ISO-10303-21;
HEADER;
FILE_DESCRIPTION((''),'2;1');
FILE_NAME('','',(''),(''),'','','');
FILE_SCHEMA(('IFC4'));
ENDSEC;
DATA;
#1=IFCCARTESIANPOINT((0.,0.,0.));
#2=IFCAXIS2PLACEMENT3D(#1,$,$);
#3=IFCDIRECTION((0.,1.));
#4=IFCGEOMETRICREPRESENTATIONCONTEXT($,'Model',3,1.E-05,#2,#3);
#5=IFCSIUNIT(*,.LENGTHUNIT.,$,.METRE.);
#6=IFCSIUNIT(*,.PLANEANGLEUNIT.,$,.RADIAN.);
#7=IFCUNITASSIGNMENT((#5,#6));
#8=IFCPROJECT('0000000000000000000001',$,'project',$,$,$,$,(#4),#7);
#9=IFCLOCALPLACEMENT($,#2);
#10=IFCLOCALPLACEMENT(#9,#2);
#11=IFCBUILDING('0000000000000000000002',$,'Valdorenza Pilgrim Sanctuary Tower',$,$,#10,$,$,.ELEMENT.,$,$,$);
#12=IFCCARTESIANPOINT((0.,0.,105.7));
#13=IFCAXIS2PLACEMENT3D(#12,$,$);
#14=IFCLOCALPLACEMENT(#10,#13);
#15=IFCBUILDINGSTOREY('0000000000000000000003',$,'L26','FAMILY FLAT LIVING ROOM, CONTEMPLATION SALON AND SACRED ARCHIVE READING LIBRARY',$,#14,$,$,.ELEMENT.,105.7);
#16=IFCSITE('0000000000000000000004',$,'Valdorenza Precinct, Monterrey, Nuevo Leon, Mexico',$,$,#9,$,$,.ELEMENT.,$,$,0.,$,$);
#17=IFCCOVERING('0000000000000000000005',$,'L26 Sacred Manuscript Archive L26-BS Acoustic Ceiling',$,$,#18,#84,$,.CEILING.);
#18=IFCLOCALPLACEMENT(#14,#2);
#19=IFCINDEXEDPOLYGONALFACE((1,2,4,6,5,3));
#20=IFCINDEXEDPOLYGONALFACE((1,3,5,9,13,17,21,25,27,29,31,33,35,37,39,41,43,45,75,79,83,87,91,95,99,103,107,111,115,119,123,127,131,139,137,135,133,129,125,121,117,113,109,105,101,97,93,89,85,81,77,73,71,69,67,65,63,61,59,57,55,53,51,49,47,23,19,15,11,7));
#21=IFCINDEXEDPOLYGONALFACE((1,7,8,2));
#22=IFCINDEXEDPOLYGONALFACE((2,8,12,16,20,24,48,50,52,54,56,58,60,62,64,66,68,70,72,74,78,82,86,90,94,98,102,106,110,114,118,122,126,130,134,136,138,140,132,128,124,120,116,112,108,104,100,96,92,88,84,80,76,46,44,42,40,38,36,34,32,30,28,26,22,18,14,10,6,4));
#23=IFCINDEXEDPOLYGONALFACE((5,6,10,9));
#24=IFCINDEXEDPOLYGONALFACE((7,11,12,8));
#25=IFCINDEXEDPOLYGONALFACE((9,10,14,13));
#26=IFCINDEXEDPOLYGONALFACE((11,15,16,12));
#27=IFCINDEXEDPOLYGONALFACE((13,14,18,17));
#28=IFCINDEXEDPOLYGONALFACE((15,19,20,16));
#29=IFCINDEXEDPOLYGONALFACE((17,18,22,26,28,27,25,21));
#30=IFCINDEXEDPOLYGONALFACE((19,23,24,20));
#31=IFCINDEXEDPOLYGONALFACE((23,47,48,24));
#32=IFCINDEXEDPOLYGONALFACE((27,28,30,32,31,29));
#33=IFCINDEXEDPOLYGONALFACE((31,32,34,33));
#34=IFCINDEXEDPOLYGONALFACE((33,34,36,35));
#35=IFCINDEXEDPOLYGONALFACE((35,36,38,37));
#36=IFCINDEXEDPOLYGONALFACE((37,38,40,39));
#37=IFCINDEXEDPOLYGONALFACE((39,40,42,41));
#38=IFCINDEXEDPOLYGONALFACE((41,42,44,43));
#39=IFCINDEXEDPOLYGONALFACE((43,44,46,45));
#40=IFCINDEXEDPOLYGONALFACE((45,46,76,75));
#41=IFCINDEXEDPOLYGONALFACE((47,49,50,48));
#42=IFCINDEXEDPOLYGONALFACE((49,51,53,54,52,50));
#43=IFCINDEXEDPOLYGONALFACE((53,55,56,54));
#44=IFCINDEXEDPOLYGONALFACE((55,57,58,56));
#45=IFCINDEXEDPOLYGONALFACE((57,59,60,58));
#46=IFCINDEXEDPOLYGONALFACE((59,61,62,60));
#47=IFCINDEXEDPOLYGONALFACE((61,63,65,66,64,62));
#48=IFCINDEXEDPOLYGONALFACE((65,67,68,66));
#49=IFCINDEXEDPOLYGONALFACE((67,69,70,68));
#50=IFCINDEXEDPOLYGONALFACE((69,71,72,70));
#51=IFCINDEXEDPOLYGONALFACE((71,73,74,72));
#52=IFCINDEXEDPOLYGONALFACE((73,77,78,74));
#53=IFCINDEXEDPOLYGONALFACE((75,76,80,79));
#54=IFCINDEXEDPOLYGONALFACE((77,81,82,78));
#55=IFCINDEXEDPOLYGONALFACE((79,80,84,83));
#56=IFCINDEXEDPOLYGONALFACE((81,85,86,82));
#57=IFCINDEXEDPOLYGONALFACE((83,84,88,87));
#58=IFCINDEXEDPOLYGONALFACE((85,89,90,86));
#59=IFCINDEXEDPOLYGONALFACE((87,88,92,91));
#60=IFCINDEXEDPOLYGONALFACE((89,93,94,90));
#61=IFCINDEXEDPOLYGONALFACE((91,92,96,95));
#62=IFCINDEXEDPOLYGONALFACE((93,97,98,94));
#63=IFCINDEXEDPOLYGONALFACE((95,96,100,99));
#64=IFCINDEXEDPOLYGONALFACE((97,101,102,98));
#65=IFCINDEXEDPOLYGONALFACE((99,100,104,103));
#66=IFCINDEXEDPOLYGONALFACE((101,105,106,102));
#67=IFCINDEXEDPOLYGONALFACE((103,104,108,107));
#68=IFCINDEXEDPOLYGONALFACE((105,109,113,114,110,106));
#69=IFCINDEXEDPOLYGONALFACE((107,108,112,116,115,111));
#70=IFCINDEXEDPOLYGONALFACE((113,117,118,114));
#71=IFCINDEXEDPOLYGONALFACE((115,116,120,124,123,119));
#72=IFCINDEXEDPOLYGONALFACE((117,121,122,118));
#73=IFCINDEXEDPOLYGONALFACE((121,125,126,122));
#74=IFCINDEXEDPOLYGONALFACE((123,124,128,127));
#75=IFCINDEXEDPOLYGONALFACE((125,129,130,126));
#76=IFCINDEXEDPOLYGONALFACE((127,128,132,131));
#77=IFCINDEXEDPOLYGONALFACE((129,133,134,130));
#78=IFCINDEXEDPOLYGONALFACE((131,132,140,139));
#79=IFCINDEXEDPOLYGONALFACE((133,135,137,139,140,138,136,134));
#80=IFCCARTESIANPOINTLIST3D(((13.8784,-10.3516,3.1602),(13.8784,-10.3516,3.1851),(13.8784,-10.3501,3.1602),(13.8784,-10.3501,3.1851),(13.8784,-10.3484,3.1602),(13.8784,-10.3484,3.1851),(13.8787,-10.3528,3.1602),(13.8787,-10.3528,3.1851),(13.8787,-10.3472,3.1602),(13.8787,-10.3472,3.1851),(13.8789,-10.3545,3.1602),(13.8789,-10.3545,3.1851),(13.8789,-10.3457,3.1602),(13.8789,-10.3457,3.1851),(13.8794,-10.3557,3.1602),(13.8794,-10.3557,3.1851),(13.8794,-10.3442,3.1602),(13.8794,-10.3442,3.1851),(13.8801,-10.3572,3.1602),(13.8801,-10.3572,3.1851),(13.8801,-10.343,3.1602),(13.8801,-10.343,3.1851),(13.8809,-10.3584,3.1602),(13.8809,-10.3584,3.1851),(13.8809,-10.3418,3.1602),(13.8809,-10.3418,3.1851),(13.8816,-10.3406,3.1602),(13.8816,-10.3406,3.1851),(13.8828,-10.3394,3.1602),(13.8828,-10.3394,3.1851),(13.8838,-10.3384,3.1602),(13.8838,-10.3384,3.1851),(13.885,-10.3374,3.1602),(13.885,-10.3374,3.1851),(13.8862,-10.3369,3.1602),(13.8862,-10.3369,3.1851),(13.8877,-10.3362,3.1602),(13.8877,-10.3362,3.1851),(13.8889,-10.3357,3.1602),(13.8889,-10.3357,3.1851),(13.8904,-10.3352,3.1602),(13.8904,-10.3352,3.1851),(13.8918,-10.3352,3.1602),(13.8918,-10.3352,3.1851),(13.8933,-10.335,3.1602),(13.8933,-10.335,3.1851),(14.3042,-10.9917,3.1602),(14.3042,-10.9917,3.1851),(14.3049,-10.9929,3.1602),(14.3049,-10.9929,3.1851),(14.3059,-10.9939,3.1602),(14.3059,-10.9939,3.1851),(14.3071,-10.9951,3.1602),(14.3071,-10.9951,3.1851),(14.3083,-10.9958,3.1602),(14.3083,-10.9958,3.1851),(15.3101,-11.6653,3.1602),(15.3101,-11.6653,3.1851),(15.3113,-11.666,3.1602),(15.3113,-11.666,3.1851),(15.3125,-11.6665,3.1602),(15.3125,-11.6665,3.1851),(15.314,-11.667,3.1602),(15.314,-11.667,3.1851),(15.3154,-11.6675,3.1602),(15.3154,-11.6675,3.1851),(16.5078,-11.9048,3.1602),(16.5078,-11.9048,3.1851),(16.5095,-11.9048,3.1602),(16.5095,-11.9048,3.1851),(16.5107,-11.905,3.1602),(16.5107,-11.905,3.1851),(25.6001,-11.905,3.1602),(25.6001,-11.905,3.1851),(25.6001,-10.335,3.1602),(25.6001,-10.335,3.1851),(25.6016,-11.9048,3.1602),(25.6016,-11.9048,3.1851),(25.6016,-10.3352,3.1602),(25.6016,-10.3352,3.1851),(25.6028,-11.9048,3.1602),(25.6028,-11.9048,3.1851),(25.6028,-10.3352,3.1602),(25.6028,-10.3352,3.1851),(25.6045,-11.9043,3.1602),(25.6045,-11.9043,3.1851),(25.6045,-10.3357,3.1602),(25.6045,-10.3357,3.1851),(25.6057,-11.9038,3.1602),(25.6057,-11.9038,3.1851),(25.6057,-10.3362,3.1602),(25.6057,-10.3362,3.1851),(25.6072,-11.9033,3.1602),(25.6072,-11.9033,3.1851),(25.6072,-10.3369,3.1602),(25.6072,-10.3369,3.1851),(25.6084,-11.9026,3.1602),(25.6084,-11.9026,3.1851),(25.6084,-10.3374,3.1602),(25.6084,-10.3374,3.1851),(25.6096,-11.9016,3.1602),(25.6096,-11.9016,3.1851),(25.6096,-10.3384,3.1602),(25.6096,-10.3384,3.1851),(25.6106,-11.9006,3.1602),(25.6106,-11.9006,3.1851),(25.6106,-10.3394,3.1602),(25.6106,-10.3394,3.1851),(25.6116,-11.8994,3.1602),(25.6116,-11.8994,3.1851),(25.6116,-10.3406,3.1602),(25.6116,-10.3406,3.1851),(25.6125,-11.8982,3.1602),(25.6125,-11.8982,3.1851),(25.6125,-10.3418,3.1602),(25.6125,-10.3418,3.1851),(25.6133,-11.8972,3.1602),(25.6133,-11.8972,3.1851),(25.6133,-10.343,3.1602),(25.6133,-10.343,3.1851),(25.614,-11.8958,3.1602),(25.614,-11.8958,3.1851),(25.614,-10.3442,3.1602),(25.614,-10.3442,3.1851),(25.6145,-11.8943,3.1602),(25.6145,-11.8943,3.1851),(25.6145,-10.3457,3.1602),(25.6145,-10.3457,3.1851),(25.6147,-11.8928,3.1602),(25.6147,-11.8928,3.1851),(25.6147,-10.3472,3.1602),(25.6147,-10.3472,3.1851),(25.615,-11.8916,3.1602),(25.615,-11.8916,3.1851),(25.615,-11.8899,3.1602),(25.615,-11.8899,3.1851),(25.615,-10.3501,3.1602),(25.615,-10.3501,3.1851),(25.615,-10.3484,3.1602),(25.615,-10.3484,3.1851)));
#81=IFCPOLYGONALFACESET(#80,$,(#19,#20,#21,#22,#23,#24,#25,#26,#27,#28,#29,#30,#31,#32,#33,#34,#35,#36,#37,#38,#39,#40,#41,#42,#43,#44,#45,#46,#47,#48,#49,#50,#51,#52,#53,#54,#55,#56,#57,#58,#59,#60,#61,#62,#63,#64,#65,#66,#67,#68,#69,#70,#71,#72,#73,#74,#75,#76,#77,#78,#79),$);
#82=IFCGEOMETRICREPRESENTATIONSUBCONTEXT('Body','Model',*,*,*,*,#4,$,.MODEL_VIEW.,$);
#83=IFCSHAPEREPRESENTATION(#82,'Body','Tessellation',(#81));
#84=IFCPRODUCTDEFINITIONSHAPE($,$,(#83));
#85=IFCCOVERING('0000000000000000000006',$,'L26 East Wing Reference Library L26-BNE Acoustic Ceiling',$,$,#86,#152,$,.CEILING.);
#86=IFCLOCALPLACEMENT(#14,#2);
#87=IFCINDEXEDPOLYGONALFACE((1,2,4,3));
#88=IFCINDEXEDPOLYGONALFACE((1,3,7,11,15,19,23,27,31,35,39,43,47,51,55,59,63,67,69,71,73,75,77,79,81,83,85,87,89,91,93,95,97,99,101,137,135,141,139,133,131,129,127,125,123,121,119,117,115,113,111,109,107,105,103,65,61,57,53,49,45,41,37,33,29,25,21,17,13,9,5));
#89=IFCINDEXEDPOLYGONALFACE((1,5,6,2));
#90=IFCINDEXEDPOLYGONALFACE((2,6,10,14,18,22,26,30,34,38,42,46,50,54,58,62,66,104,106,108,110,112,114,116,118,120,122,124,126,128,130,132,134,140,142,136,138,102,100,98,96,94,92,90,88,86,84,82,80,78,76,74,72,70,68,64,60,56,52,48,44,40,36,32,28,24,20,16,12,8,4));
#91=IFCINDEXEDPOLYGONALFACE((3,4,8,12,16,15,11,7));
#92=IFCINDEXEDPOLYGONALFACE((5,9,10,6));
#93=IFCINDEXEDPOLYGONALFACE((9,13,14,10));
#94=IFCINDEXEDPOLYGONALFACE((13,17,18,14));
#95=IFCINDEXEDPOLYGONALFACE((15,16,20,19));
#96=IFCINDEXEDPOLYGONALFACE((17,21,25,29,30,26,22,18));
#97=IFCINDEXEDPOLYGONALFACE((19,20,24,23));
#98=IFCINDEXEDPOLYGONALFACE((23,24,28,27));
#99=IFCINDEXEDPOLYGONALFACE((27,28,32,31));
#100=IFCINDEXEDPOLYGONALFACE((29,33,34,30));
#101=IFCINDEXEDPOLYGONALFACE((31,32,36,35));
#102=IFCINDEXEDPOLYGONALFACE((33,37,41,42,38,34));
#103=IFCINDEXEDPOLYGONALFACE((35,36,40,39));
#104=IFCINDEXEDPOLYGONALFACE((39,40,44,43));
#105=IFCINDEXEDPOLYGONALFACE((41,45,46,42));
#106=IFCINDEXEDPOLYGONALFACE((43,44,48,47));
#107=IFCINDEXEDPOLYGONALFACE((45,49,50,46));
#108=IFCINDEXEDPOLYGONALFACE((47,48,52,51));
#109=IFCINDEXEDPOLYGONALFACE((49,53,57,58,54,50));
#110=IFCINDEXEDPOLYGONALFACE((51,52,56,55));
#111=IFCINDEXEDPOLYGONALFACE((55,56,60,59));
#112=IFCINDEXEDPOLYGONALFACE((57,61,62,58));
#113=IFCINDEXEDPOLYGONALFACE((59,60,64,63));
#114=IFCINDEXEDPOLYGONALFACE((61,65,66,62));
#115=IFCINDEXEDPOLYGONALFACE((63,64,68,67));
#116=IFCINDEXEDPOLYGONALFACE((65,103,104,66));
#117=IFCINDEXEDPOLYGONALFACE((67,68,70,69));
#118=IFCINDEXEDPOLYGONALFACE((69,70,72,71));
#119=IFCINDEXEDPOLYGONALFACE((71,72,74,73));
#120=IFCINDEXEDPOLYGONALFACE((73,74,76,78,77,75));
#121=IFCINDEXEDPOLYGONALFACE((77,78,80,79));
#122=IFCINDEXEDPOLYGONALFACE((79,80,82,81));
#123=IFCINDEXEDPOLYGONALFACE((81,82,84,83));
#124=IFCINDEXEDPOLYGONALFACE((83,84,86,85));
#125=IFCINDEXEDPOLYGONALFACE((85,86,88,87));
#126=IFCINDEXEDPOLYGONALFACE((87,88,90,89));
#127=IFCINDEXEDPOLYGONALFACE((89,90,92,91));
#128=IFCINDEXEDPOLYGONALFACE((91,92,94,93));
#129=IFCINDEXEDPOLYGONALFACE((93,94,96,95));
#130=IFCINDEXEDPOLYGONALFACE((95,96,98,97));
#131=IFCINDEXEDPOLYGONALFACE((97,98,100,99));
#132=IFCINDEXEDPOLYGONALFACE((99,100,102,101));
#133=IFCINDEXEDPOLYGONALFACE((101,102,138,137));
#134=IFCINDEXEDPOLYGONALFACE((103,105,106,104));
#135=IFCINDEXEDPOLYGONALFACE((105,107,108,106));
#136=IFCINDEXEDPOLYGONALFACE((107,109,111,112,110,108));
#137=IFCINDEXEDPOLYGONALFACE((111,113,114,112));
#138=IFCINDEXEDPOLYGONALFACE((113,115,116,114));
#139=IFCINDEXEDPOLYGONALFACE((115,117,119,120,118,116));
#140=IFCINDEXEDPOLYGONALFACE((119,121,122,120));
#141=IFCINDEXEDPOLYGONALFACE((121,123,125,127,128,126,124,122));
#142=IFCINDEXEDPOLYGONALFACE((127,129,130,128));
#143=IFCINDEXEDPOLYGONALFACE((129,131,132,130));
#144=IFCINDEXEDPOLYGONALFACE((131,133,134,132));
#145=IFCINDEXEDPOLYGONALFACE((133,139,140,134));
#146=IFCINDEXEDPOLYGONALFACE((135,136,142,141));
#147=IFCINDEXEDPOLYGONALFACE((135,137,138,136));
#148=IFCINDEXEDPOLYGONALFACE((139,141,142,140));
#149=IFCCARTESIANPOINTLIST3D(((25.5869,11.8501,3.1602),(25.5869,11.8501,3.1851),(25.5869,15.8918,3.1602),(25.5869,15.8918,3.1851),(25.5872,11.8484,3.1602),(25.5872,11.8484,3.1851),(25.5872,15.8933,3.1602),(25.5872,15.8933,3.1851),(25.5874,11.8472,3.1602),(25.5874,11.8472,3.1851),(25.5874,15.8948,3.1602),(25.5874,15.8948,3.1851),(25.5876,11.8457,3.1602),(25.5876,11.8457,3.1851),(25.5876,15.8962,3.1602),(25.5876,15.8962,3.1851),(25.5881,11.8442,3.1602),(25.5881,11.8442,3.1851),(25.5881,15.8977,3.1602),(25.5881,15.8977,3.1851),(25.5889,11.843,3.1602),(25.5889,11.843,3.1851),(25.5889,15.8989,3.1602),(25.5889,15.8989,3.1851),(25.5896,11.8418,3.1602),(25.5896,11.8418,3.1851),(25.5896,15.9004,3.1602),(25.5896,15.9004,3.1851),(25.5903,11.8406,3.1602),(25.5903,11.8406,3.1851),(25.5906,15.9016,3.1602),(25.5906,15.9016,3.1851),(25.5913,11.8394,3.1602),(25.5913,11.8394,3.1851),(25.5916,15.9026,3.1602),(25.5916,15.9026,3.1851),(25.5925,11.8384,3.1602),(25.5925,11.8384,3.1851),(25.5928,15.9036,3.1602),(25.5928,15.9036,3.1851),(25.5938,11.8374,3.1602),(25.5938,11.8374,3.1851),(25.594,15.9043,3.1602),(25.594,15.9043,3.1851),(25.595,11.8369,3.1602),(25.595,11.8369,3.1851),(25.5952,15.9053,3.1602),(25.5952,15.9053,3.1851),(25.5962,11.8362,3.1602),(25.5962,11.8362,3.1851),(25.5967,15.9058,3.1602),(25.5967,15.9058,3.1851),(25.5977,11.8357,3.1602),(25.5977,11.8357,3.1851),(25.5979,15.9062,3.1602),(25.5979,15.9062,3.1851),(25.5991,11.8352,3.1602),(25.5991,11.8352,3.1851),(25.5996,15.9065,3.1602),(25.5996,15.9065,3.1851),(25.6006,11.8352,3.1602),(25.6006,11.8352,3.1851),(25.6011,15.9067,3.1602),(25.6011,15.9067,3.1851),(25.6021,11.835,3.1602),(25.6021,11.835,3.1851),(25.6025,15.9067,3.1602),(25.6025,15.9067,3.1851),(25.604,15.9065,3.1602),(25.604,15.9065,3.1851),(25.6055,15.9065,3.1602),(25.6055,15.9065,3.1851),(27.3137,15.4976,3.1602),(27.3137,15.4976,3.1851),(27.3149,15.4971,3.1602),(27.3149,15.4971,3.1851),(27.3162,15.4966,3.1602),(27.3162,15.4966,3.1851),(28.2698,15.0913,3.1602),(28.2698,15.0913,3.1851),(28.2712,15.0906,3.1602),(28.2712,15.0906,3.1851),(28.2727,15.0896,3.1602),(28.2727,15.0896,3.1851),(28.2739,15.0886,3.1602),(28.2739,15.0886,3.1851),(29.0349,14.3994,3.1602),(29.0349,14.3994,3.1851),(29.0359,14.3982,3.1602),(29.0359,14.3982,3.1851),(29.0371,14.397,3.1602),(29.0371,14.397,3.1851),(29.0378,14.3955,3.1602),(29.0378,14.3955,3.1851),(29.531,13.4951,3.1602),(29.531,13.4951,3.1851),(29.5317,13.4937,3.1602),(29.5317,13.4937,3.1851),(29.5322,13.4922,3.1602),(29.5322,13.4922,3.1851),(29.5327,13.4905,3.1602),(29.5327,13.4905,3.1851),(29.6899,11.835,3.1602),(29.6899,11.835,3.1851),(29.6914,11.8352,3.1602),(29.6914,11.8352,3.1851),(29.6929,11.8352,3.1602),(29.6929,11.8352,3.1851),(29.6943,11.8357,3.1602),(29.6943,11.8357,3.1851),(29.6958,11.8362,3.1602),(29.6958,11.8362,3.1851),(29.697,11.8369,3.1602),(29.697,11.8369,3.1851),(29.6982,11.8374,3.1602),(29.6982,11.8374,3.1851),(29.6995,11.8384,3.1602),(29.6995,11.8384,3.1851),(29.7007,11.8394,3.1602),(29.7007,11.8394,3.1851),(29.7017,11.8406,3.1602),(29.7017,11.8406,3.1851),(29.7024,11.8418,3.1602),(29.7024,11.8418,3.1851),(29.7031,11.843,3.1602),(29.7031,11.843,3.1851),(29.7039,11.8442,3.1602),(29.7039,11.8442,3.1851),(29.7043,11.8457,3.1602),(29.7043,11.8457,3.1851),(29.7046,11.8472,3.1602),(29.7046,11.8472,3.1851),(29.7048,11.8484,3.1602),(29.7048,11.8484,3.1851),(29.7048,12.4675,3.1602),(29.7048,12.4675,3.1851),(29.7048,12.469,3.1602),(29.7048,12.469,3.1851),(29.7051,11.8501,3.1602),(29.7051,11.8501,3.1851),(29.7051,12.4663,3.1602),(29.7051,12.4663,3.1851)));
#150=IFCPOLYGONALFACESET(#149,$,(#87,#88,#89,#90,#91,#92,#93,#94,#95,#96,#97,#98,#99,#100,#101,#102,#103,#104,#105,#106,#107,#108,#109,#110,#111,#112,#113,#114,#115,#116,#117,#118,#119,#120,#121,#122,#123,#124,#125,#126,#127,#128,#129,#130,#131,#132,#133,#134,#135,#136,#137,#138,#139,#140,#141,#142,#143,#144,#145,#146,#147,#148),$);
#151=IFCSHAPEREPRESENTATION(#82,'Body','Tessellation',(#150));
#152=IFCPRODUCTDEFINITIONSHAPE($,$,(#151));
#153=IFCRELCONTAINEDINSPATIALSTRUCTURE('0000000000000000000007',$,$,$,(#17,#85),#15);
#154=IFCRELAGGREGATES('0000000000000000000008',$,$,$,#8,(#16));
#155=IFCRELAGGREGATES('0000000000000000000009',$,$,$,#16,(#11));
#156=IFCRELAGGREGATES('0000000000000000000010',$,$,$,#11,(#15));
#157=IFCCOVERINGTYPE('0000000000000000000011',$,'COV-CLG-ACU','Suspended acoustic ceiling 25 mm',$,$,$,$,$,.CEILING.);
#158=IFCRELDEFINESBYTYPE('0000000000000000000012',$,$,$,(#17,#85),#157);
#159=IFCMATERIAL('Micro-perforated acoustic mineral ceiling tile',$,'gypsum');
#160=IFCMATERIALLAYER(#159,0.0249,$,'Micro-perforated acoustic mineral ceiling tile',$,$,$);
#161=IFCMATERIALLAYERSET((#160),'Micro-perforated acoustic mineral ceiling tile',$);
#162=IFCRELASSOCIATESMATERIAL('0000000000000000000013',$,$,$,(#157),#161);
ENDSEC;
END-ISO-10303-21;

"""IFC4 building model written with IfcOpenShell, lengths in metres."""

from ifc_helpers import new_model, si_unit, direction, frame, origin, place, context, subcontext, project, spatial, polyline, outline, extrude, material, layer, layer_set, type_object, element, save


model = new_model("IFC4")

# Units and contexts
model_context = context("Model", 3, precision=1e-05, world=origin(), true_north=direction((0.0, 1.0)))
body_context = subcontext(model_context, "Body", "Model", "MODEL_VIEW")
ifc_project = project(units=[si_unit("LENGTHUNIT", "METRE"), si_unit("PLANEANGLEUNIT", "RADIAN")], contexts=[model_context])

# Site, building, storey
site_placement = place(None, origin())
site = spatial("IfcSite", under=ifc_project, at=site_placement, Name="Valdorenza Precinct, Monterrey, Nuevo Leon, Mexico", CompositionType="ELEMENT", RefElevation=0.0)
building_placement = place(site_placement, origin())
building = spatial("IfcBuilding", under=site, at=building_placement, Name="Valdorenza Pilgrim Sanctuary Tower", CompositionType="ELEMENT")
storey_placement = place(building_placement, frame((0.0, 0.0, 105.7)))
storey = spatial("IfcBuildingStorey", under=building, at=storey_placement, Name="L26", Description="FAMILY FLAT LIVING ROOM, CONTEMPLATION SALON AND SACRED ARCHIVE READING LIBRARY", CompositionType="ELEMENT", Elevation=105.7)

# Coverings
ifc_material_1 = material(Name="Micro-perforated acoustic mineral ceiling tile", Category="gypsum")
ifc_layer_1 = layer(ifc_material_1, 0.0249, Name="Micro-perforated acoustic mineral ceiling tile")
ifc_layer_set_1 = layer_set([ifc_layer_1], Name="Micro-perforated acoustic mineral ceiling tile")
covering_type_1 = type_object("IfcCoveringType", Name="COV-CLG-ACU", Description="Suspended acoustic ceiling 25 mm", PredefinedType="CEILING", material=ifc_layer_set_1)
covering_1_placement = place(storey_placement, frame((0.0, 0.0, 3.1602)))
element("IfcCovering", 1, at=covering_1_placement, inside=storey, type_object=covering_type_1, Name="L26 Sacred Manuscript Archive L26-BS Acoustic Ceiling", PredefinedType="CEILING", context=body_context, shape_type="SweptSolid", body=[
    extrude(outline(polyline([(25.615, -11.8899), (25.615, -11.8916), (25.6147, -11.8928), (25.6145, -11.8943), (25.614, -11.8958), (25.6133, -11.8972), (25.6125, -11.8982), (25.6116, -11.8994), (25.6106, -11.9006), (25.6096, -11.9016), (25.6084, -11.9026), (25.6072, -11.9033), (25.6057, -11.9038), (25.6045, -11.9043), (25.6028, -11.9048), (25.6016, -11.9048), (25.6001, -11.905), (16.5107, -11.905), (16.5095, -11.9048), (16.5078, -11.9048), (15.3154, -11.6675), (15.314, -11.667), (15.3125, -11.6665), (15.3113, -11.666), (15.3101, -11.6653), (14.3083, -10.9958), (14.3071, -10.9951), (14.3059, -10.9939), (14.3049, -10.9929), (14.3042, -10.9917), (13.8809, -10.3584), (13.8801, -10.3572), (13.8794, -10.3557), (13.8789, -10.3545), (13.8787, -10.3528), (13.8784, -10.3516), (13.8784, -10.3501), (13.8784, -10.3484), (13.8787, -10.3472), (13.8789, -10.3457), (13.8794, -10.3442), (13.8801, -10.343), (13.8809, -10.3418), (13.8816, -10.3406), (13.8828, -10.3394), (13.8838, -10.3384), (13.885, -10.3374), (13.8862, -10.3369), (13.8877, -10.3362), (13.8889, -10.3357), (13.8904, -10.3352), (13.8918, -10.3352), (13.8933, -10.335), (25.6001, -10.335), (25.6016, -10.3352), (25.6028, -10.3352), (25.6045, -10.3357), (25.6057, -10.3362), (25.6072, -10.3369), (25.6084, -10.3374), (25.6096, -10.3384), (25.6106, -10.3394), (25.6116, -10.3406), (25.6125, -10.3418), (25.6133, -10.343), (25.614, -10.3442), (25.6145, -10.3457), (25.6147, -10.3472), (25.615, -10.3484), (25.615, -10.3501), (25.615, -11.8899)])), origin(), (0.0, 0.0, 1.0), 0.0249),
])
covering_2_placement = place(storey_placement, frame((0.0, 0.0, 3.1602)))
element("IfcCovering", 2, at=covering_2_placement, inside=storey, type_object=covering_type_1, Name="L26 East Wing Reference Library L26-BNE Acoustic Ceiling", PredefinedType="CEILING", context=body_context, shape_type="SweptSolid", body=[
    extrude(outline(polyline([(27.3137, 15.4976), (27.3149, 15.4971), (27.3162, 15.4966), (28.2698, 15.0913), (28.2712, 15.0906), (28.2727, 15.0896), (28.2739, 15.0886), (29.0349, 14.3994), (29.0359, 14.3982), (29.0371, 14.397), (29.0378, 14.3955), (29.531, 13.4951), (29.5317, 13.4937), (29.5322, 13.4922), (29.5327, 13.4905), (29.7048, 12.469), (29.7048, 12.4675), (29.7051, 12.4663), (29.7051, 11.8501), (29.7048, 11.8484), (29.7046, 11.8472), (29.7043, 11.8457), (29.7039, 11.8442), (29.7031, 11.843), (29.7024, 11.8418), (29.7017, 11.8406), (29.7007, 11.8394), (29.6995, 11.8384), (29.6982, 11.8374), (29.697, 11.8369), (29.6958, 11.8362), (29.6943, 11.8357), (29.6929, 11.8352), (29.6914, 11.8352), (29.6899, 11.835), (25.6021, 11.835), (25.6006, 11.8352), (25.5991, 11.8352), (25.5977, 11.8357), (25.5962, 11.8362), (25.595, 11.8369), (25.5938, 11.8374), (25.5925, 11.8384), (25.5913, 11.8394), (25.5903, 11.8406), (25.5896, 11.8418), (25.5889, 11.843), (25.5881, 11.8442), (25.5876, 11.8457), (25.5874, 11.8472), (25.5872, 11.8484), (25.5869, 11.8501), (25.5869, 15.8918), (25.5872, 15.8933), (25.5874, 15.8948), (25.5876, 15.8962), (25.5881, 15.8977), (25.5889, 15.8989), (25.5896, 15.9004), (25.5906, 15.9016), (25.5916, 15.9026), (25.5928, 15.9036), (25.594, 15.9043), (25.5952, 15.9053), (25.5967, 15.9058), (25.5979, 15.9062), (25.5996, 15.9065), (25.6011, 15.9067), (25.6025, 15.9067), (25.604, 15.9065), (25.6055, 15.9065), (27.3137, 15.4976)])), origin(), (0.0, 0.0, 1.0), 0.0249),
])

save(model, "model.ifc")
